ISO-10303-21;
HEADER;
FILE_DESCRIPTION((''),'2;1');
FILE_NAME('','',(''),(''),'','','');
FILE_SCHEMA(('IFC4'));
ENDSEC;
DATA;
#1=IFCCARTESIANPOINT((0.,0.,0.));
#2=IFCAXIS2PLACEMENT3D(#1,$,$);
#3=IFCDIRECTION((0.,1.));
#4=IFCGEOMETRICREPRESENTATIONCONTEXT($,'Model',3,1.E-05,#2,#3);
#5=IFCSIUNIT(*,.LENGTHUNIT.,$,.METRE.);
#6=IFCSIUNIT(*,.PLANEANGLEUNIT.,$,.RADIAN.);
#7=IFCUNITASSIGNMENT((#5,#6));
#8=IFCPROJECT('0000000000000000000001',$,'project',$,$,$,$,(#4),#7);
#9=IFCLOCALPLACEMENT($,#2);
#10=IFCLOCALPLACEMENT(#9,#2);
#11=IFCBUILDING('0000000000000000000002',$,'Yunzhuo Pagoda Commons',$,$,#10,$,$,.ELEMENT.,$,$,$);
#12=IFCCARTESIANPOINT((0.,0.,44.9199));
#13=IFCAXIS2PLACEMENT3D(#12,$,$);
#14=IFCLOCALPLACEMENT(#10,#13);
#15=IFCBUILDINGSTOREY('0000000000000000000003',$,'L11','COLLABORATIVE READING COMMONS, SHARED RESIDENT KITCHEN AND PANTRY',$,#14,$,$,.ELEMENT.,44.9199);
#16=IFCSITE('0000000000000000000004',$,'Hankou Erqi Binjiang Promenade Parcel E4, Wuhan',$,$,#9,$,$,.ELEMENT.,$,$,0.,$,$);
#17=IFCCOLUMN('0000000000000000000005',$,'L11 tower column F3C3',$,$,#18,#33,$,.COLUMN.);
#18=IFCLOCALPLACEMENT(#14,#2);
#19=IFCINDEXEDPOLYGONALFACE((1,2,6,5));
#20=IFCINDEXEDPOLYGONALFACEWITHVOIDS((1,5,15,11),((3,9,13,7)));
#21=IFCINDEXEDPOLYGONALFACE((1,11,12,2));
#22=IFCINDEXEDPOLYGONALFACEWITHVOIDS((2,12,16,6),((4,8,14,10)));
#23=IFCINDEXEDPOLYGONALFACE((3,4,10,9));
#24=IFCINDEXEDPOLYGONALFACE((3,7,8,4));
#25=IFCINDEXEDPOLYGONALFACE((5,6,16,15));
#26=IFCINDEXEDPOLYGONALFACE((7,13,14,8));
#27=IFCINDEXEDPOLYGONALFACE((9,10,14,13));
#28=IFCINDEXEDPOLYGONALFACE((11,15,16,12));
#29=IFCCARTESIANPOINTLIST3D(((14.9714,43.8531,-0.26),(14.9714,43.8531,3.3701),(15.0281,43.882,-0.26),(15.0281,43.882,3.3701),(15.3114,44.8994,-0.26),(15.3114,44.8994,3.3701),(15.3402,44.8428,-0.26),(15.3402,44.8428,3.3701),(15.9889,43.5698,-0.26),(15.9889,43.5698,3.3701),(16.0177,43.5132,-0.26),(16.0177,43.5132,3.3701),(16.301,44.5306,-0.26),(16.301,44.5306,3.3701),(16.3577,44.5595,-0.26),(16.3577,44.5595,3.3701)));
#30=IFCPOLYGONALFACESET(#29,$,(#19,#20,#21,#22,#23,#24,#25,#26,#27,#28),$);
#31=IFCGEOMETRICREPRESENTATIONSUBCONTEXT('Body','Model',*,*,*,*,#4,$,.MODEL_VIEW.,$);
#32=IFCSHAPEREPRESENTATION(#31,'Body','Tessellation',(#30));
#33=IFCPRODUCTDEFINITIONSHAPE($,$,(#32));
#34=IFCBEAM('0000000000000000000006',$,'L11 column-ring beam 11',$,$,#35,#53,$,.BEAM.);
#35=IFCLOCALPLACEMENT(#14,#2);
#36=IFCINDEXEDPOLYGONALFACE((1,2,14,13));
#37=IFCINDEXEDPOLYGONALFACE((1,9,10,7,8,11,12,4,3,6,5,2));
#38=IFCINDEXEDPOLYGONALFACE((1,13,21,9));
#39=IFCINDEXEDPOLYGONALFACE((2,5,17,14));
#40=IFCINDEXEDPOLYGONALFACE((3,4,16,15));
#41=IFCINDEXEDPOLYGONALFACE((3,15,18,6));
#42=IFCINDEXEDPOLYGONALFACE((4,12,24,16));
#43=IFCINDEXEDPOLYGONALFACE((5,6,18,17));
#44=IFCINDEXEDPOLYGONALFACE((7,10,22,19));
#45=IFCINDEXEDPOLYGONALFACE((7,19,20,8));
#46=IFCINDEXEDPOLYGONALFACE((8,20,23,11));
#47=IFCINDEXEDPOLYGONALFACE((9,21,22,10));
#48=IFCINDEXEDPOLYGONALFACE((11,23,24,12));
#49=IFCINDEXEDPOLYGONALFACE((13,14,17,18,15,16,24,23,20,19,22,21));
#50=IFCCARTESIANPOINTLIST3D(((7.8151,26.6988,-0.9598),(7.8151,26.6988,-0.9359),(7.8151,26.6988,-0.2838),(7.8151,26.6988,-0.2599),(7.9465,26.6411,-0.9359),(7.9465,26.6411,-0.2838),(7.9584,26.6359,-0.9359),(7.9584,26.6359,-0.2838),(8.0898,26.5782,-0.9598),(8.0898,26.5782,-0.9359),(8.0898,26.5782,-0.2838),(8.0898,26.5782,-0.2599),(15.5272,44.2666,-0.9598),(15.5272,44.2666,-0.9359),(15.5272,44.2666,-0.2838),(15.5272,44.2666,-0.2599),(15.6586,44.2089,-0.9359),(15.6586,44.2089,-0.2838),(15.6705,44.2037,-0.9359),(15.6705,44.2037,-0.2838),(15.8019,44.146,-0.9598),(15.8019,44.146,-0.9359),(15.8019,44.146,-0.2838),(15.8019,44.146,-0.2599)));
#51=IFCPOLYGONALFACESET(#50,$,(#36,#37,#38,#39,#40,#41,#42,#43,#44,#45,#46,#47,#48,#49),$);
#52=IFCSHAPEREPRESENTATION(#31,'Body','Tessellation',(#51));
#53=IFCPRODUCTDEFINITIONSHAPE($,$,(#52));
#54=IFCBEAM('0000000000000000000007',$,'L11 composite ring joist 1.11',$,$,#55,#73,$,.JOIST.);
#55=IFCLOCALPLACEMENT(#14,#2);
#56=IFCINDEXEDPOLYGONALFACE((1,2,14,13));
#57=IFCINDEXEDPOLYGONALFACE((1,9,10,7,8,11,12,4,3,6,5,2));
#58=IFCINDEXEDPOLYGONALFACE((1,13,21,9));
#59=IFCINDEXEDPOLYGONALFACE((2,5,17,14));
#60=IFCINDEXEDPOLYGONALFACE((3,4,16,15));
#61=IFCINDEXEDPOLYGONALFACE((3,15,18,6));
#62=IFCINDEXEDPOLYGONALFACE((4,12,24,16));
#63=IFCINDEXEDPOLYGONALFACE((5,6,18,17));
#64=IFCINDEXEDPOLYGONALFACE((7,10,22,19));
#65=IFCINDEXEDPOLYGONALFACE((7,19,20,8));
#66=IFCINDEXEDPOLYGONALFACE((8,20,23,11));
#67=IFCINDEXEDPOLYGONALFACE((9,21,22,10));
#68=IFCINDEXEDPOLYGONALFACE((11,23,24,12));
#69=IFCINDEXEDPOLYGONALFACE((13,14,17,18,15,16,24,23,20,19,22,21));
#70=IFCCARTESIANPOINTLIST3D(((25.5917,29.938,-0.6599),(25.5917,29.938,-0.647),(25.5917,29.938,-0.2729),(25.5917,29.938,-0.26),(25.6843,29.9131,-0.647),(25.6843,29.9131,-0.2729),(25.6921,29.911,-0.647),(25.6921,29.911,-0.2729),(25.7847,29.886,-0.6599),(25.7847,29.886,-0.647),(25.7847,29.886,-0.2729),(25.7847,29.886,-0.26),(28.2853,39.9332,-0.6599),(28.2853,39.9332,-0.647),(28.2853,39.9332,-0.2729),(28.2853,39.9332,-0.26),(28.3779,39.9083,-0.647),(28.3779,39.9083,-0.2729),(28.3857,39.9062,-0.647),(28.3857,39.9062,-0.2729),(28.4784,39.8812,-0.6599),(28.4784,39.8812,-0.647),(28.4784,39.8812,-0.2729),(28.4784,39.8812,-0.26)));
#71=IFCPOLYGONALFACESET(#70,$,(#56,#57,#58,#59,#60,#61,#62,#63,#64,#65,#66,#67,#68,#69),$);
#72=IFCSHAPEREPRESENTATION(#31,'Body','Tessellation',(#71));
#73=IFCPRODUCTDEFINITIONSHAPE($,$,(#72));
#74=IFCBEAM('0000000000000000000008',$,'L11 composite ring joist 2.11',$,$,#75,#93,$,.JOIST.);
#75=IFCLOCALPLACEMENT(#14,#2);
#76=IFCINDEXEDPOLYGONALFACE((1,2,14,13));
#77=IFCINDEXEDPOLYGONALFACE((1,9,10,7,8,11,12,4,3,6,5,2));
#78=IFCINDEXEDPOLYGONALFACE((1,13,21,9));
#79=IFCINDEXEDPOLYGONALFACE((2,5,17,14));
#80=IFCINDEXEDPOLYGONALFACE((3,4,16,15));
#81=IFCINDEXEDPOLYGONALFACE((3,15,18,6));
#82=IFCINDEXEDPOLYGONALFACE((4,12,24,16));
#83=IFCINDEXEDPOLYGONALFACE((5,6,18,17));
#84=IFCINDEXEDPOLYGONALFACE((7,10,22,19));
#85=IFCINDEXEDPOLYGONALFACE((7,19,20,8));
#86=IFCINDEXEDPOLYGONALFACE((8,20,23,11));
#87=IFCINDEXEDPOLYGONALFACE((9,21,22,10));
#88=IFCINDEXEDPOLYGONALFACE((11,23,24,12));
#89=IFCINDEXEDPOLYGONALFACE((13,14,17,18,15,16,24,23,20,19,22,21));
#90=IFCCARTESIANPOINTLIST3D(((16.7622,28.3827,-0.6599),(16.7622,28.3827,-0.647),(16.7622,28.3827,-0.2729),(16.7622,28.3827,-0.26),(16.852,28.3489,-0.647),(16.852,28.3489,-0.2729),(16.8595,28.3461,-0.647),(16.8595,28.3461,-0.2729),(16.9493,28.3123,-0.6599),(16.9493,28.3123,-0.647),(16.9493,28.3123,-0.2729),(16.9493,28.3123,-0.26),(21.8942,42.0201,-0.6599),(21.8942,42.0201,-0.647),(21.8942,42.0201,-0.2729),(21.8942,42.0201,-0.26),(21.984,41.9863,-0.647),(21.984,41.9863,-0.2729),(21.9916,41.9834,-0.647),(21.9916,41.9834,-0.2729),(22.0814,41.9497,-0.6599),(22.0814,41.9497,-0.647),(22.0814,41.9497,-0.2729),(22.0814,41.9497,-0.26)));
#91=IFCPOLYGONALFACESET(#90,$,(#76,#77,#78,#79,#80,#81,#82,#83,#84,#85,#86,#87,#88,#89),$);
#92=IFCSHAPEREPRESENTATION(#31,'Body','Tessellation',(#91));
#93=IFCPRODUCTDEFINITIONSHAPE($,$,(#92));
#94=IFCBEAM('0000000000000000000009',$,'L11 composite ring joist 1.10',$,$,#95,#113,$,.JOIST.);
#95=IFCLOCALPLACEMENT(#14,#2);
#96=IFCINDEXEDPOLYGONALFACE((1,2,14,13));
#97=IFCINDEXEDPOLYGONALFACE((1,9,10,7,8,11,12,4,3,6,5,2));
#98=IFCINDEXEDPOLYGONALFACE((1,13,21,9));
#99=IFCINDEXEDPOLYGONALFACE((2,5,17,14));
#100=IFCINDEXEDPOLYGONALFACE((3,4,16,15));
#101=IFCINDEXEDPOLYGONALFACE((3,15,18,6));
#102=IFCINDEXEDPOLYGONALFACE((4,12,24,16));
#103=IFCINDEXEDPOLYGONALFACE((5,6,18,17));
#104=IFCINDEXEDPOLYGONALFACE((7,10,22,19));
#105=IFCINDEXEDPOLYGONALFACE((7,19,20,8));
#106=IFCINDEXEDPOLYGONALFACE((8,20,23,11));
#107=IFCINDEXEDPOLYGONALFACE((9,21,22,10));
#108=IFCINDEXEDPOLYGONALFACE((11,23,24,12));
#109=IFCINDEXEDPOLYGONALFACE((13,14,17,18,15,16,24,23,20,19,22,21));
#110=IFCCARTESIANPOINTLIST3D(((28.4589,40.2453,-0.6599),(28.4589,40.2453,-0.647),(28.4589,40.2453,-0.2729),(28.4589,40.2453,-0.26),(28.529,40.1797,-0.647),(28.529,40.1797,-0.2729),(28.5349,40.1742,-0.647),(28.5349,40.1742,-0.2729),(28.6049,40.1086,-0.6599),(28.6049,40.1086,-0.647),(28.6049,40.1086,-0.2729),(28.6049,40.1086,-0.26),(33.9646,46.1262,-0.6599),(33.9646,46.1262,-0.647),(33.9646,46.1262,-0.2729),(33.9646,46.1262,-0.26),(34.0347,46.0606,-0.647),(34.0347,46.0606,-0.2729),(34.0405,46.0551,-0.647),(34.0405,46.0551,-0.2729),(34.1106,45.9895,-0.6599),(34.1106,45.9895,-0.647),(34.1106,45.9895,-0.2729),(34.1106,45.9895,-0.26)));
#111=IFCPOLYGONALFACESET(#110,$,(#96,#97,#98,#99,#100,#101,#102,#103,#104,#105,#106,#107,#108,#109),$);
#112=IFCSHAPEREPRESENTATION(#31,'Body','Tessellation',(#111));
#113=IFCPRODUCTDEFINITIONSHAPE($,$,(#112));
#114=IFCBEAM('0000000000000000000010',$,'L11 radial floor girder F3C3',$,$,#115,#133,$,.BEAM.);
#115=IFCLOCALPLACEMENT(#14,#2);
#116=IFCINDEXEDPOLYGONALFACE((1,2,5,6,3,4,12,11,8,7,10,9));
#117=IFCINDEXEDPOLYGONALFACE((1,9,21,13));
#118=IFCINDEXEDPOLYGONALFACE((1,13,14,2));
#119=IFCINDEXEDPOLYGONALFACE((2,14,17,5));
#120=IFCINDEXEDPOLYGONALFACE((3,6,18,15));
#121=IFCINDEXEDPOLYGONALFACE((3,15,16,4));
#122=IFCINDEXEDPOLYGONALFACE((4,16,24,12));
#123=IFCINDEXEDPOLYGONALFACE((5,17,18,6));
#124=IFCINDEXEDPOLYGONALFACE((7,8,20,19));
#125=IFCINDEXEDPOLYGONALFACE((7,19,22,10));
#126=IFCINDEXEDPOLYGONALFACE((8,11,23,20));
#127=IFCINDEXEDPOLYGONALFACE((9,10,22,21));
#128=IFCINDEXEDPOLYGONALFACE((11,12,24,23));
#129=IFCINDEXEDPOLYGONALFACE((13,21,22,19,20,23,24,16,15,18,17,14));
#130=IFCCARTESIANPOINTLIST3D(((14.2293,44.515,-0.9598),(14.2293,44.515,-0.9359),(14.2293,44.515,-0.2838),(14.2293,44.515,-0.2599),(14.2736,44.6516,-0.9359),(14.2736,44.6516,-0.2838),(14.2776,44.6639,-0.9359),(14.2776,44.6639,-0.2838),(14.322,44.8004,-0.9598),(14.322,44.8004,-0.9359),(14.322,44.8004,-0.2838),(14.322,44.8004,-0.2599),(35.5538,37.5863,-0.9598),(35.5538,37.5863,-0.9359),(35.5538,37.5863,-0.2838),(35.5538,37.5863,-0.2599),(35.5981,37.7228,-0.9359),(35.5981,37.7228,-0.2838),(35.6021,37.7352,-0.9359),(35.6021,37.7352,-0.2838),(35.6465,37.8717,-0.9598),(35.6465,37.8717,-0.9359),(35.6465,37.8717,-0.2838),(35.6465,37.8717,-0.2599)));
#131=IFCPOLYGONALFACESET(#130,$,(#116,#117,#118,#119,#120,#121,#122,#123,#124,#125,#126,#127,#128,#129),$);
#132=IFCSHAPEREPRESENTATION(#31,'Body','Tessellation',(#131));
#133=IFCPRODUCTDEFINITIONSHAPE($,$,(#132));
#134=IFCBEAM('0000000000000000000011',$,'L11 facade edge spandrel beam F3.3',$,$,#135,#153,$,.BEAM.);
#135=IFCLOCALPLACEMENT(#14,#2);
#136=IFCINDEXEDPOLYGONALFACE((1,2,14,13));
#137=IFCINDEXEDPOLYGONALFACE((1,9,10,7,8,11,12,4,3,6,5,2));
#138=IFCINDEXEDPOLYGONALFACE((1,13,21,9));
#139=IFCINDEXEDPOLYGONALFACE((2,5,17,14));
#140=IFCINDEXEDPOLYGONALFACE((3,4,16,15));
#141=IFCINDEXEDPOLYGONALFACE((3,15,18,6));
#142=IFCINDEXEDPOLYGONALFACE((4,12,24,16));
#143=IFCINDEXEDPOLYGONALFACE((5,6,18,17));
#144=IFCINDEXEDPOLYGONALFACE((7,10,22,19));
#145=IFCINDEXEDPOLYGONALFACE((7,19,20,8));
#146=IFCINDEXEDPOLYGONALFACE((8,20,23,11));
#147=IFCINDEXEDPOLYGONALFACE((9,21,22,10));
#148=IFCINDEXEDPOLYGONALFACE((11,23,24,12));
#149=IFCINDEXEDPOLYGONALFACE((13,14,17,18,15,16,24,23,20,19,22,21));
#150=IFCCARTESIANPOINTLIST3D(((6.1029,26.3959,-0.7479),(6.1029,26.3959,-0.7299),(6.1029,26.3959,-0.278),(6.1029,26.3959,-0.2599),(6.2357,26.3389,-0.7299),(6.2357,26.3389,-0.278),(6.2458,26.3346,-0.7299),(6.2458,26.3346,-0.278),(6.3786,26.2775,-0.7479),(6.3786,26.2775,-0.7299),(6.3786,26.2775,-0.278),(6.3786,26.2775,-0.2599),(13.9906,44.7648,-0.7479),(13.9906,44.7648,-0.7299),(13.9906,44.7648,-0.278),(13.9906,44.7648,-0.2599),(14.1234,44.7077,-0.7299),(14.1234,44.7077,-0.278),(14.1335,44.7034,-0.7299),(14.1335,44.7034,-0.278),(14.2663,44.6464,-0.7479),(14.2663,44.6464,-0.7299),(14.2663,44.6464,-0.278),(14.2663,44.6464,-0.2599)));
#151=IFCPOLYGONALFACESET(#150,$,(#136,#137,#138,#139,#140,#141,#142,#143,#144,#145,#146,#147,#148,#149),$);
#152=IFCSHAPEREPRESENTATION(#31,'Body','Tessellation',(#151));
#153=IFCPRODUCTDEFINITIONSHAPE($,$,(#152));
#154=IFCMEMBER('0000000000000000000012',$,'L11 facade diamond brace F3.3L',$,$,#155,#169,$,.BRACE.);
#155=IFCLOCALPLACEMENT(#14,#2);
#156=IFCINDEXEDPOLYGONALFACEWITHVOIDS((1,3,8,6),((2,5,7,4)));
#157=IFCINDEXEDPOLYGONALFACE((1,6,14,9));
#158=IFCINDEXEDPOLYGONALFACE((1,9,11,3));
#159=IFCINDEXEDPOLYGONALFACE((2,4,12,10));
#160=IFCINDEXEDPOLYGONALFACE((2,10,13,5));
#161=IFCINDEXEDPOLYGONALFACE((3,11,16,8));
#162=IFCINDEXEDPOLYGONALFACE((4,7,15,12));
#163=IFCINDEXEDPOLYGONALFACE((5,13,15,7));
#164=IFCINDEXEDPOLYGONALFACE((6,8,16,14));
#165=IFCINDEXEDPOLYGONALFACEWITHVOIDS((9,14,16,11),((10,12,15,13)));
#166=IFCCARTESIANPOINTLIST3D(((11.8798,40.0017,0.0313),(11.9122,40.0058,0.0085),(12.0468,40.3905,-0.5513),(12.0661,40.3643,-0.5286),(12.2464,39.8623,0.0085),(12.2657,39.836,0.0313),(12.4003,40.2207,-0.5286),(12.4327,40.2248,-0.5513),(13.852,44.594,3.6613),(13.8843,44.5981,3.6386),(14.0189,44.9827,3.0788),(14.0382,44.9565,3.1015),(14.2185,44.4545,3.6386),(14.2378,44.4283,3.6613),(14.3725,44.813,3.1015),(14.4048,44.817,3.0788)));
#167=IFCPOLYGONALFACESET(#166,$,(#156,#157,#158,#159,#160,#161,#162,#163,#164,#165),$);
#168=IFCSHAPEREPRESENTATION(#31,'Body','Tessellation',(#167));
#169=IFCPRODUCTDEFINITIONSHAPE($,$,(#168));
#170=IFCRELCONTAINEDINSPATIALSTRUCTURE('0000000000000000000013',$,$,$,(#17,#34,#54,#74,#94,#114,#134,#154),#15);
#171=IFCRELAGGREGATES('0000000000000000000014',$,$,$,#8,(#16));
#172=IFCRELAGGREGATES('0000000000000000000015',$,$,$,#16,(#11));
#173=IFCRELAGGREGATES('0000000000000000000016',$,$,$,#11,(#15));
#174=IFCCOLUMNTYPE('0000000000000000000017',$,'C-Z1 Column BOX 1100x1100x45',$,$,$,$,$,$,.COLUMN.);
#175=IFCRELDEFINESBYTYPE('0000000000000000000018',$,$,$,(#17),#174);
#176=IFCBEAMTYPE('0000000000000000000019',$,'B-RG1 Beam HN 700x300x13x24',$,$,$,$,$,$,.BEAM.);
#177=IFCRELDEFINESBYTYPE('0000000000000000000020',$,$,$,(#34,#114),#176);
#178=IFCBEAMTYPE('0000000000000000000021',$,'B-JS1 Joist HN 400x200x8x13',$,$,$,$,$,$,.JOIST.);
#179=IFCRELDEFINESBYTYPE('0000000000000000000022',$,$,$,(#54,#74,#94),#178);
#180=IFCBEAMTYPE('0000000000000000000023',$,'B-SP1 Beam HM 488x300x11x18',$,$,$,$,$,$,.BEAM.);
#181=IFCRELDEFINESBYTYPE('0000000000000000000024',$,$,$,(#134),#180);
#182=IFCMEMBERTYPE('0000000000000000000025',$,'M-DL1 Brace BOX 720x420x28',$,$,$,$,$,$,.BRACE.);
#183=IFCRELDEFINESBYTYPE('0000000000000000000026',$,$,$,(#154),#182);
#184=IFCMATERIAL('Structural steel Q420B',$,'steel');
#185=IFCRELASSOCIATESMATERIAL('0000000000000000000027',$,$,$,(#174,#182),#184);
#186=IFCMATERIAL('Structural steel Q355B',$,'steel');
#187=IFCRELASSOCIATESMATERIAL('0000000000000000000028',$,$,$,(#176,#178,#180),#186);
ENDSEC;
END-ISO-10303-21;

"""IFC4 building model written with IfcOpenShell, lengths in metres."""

from ifc_helpers import new_model, si_unit, direction, frame, origin, origin_2d, place, context, subcontext, project, spatial, hollow_rectangle, i_section, extrude, source, transform, mapped, material, material_profile, profile_set, type_object, element, save


model = new_model("IFC4")

# Units and contexts
model_context = context("Model", 3, precision=1e-05, world=origin(), true_north=direction((0.0, 1.0)))
body_context = subcontext(model_context, "Body", "Model", "MODEL_VIEW")
ifc_project = project(units=[si_unit("LENGTHUNIT", "METRE"), si_unit("PLANEANGLEUNIT", "RADIAN")], contexts=[model_context])

# Site, building, storey
site_placement = place(None, origin())
site = spatial("IfcSite", under=ifc_project, at=site_placement, Name="Hankou Erqi Binjiang Promenade Parcel E4, Wuhan", CompositionType="ELEMENT", RefElevation=0.0)
building_placement = place(site_placement, origin())
building = spatial("IfcBuilding", under=site, at=building_placement, Name="Yunzhuo Pagoda Commons", CompositionType="ELEMENT")
storey_placement = place(building_placement, frame((0.0, 0.0, 44.9199)))
storey = spatial("IfcBuildingStorey", under=building, at=storey_placement, Name="L11", Description="COLLABORATIVE READING COMMONS, SHARED RESIDENT KITCHEN AND PANTRY", CompositionType="ELEMENT", Elevation=44.9199)

# Column
ifc_material_1 = material(Name="Structural steel Q420B", Category="steel")
ifc_material_profile_1 = material_profile(ifc_material_1, hollow_rectangle(XDim=1.1001, YDim=1.1001, WallThickness=0.0449, at=origin_2d()), Name="Structural steel Q420B")
ifc_profile_set_1 = profile_set([ifc_material_profile_1], Name="Structural steel Q420B")
column_type = type_object("IfcColumnType", Name="C-Z1 Column BOX 1100x1100x45", PredefinedType="COLUMN", material=ifc_profile_set_1)
shared_shape_1 = source(origin(), body_context, "Body", "SweptSolid", [
    extrude(hollow_rectangle(XDim=1.1001, YDim=1.1001, WallThickness=0.0449, at=origin_2d()), origin(), (0.0, 0.0, 1.0), 3.6301),
])
column_placement = place(storey_placement, frame((15.6646, 44.2063, -0.26), z_axis=(0.0, 0.0, 1.0), x_axis=(-0.309017, -0.951057, 0.0)))
element("IfcColumn", 1, at=column_placement, inside=storey, type_object=column_type, Name="L11 tower column F3C3", PredefinedType="COLUMN", context=body_context, shape_type="MappedRepresentation", body=[
    mapped(shared_shape_1, transform((0.0, 0.0, 0.0), scale=1.0)),
])

# Beams
ifc_material_2 = material(Name="Structural steel Q355B", Category="steel")
ifc_material_profile_2 = material_profile(ifc_material_2, i_section(OverallWidth=0.3, OverallDepth=0.7, WebThickness=0.0129, FlangeThickness=0.0239, at=origin_2d()), Name="Structural steel Q355B")
ifc_profile_set_2 = profile_set([ifc_material_profile_2], Name="Structural steel Q355B")
beam_type_1 = type_object("IfcBeamType", Name="B-RG1 Beam HN 700x300x13x24", PredefinedType="BEAM", material=ifc_profile_set_2)
shared_shape_2 = source(origin(), body_context, "Body", "SweptSolid", [
    extrude(i_section(OverallWidth=0.3, OverallDepth=0.7, WebThickness=0.0129, FlangeThickness=0.0239, at=origin_2d()), origin(), (0.0, 0.0, 1.0), 19.186),
])
beam_1_placement = place(storey_placement, frame((15.6646, 44.2063, -0.6099), z_axis=(-0.401965, -0.915655, 0.0), x_axis=(0.915655, -0.401965, 0.0)))
element("IfcBeam", 2, at=beam_1_placement, inside=storey, type_object=beam_type_1, Name="L11 column-ring beam 11", PredefinedType="BEAM", context=body_context, shape_type="MappedRepresentation", body=[
    mapped(shared_shape_2, transform((0.0, 0.0, 0.0), scale=1.0)),
])
ifc_material_profile_3 = material_profile(ifc_material_2, i_section(OverallWidth=0.2, OverallDepth=0.3999, WebThickness=0.0081, FlangeThickness=0.0129, at=origin_2d()), Name="Structural steel Q355B")
ifc_profile_set_3 = profile_set([ifc_material_profile_3], Name="Structural steel Q355B")
beam_type_2 = type_object("IfcBeamType", Name="B-JS1 Joist HN 400x200x8x13", PredefinedType="JOIST", material=ifc_profile_set_3)
shared_shape_3 = source(origin(), body_context, "Body", "SweptSolid", [
    extrude(i_section(OverallWidth=0.2, OverallDepth=0.3999, WebThickness=0.0081, FlangeThickness=0.0129, at=origin_2d()), origin(), (0.0, 0.0, 1.0), 10.3518),
])
beam_2_placement = place(storey_placement, frame((28.3818, 39.9072, -0.46), z_axis=(-0.260209, -0.965552, 0.0), x_axis=(0.965552, -0.260209, 0.0)))
element("IfcBeam", 3, at=beam_2_placement, inside=storey, type_object=beam_type_2, Name="L11 composite ring joist 1.11", PredefinedType="JOIST", context=body_context, shape_type="MappedRepresentation", body=[
    mapped(shared_shape_3, transform((0.0, 0.0, 0.0), scale=1.0)),
])
shared_shape_4 = source(origin(), body_context, "Body", "SweptSolid", [
    extrude(i_section(OverallWidth=0.2, OverallDepth=0.3999, WebThickness=0.0081, FlangeThickness=0.0129, at=origin_2d()), origin(), (0.0, 0.0, 1.0), 14.571),
])
beam_3_placement = place(storey_placement, frame((21.9878, 41.9849, -0.46), z_axis=(-0.352208, -0.935922, 0.0), x_axis=(0.935922, -0.352208, 0.0)))
element("IfcBeam", 4, at=beam_3_placement, inside=storey, type_object=beam_type_2, Name="L11 composite ring joist 2.11", PredefinedType="JOIST", context=body_context, shape_type="MappedRepresentation", body=[
    mapped(shared_shape_4, transform((0.0, 0.0, 0.0), scale=1.0)),
])
shared_shape_5 = source(origin(), body_context, "Body", "SweptSolid", [
    extrude(i_section(OverallWidth=0.2, OverallDepth=0.3999, WebThickness=0.0081, FlangeThickness=0.0129, at=origin_2d()), origin(), (0.0, 0.0, 1.0), 8.0559),
])
beam_4_placement = place(storey_placement, frame((34.0376, 46.0579, -0.46), z_axis=(-0.683433, -0.730013, 0.0), x_axis=(0.730013, -0.683433, 0.0)))
element("IfcBeam", 5, at=beam_4_placement, inside=storey, type_object=beam_type_2, Name="L11 composite ring joist 1.10", PredefinedType="JOIST", context=body_context, shape_type="MappedRepresentation", body=[
    mapped(shared_shape_5, transform((0.0, 0.0, 0.0), scale=1.0)),
])
shared_shape_6 = source(origin(), body_context, "Body", "SweptSolid", [
    extrude(i_section(OverallWidth=0.3, OverallDepth=0.7, WebThickness=0.0129, FlangeThickness=0.0239, at=origin_2d()), origin(), (0.0, 0.0, 1.0), 22.4219),
])
beam_5_placement = place(storey_placement, frame((14.2756, 44.6577, -0.6099), z_axis=(0.951057, -0.309016, 0.0), x_axis=(0.309016, 0.951057, 0.0)))
element("IfcBeam", 6, at=beam_5_placement, inside=storey, type_object=beam_type_1, Name="L11 radial floor girder F3C3", PredefinedType="BEAM", context=body_context, shape_type="MappedRepresentation", body=[
    mapped(shared_shape_6, transform((0.0, 0.0, 0.0), scale=1.0)),
])
ifc_material_profile_4 = material_profile(ifc_material_2, i_section(OverallWidth=0.3, OverallDepth=0.488, WebThickness=0.011, FlangeThickness=0.0181, at=origin_2d()), Name="Structural steel Q355B")
ifc_profile_set_4 = profile_set([ifc_material_profile_4], Name="Structural steel Q355B")
beam_type_3 = type_object("IfcBeamType", Name="B-SP1 Beam HM 488x300x11x18", PredefinedType="BEAM", material=ifc_profile_set_4)
shared_shape_7 = source(origin(), body_context, "Body", "SweptSolid", [
    extrude(i_section(OverallWidth=0.3, OverallDepth=0.488, WebThickness=0.011, FlangeThickness=0.0181, at=origin_2d()), origin(), (0.0, 0.0, 1.0), 19.9907),
])
beam_6_placement = place(storey_placement, frame((14.1284, 44.7056, -0.5039), z_axis=(-0.394566, -0.918867, 0.0), x_axis=(0.918867, -0.394566, 0.0)))
element("IfcBeam", 7, at=beam_6_placement, inside=storey, type_object=beam_type_3, Name="L11 facade edge spandrel beam F3.3", PredefinedType="BEAM", context=body_context, shape_type="MappedRepresentation", body=[
    mapped(shared_shape_7, transform((0.0, 0.0, 0.0), scale=1.0)),
])

# Member
ifc_material_profile_5 = material_profile(ifc_material_1, hollow_rectangle(XDim=0.4199, YDim=0.72, WallThickness=0.0281, at=origin_2d()), Name="Structural steel Q420B")
ifc_profile_set_5 = profile_set([ifc_material_profile_5], Name="Structural steel Q420B")
member_type_1 = type_object("IfcMemberType", Name="M-DL1 Brace BOX 720x420x28", PredefinedType="BRACE", material=ifc_profile_set_5)
shared_shape_8 = source(origin(), body_context, "Body", "SweptSolid", [
    extrude(hollow_rectangle(XDim=0.4199, YDim=0.72, WallThickness=0.0281, at=origin_2d()), origin(), (0.0, 0.0, 1.0), 6.177),
])
for number, where, z_axis, x_axis, name in (
    (8, (12.1562, 40.1133, -0.26), (0.319272, 0.743439, 0.587677), (-0.918852, 0.394603, 0.0), "L11 facade diamond brace F3.3L"),
):
    element("IfcMember", number, at=place(storey_placement, frame(where, z_axis=z_axis, x_axis=x_axis)), inside=storey, type_object=member_type_1, Name=name, PredefinedType="BRACE", context=body_context, shape_type="MappedRepresentation", body=[
        mapped(shared_shape_8, transform((0.0, 0.0, 0.0), scale=1.0)),
    ])

save(model, "model.ifc")
